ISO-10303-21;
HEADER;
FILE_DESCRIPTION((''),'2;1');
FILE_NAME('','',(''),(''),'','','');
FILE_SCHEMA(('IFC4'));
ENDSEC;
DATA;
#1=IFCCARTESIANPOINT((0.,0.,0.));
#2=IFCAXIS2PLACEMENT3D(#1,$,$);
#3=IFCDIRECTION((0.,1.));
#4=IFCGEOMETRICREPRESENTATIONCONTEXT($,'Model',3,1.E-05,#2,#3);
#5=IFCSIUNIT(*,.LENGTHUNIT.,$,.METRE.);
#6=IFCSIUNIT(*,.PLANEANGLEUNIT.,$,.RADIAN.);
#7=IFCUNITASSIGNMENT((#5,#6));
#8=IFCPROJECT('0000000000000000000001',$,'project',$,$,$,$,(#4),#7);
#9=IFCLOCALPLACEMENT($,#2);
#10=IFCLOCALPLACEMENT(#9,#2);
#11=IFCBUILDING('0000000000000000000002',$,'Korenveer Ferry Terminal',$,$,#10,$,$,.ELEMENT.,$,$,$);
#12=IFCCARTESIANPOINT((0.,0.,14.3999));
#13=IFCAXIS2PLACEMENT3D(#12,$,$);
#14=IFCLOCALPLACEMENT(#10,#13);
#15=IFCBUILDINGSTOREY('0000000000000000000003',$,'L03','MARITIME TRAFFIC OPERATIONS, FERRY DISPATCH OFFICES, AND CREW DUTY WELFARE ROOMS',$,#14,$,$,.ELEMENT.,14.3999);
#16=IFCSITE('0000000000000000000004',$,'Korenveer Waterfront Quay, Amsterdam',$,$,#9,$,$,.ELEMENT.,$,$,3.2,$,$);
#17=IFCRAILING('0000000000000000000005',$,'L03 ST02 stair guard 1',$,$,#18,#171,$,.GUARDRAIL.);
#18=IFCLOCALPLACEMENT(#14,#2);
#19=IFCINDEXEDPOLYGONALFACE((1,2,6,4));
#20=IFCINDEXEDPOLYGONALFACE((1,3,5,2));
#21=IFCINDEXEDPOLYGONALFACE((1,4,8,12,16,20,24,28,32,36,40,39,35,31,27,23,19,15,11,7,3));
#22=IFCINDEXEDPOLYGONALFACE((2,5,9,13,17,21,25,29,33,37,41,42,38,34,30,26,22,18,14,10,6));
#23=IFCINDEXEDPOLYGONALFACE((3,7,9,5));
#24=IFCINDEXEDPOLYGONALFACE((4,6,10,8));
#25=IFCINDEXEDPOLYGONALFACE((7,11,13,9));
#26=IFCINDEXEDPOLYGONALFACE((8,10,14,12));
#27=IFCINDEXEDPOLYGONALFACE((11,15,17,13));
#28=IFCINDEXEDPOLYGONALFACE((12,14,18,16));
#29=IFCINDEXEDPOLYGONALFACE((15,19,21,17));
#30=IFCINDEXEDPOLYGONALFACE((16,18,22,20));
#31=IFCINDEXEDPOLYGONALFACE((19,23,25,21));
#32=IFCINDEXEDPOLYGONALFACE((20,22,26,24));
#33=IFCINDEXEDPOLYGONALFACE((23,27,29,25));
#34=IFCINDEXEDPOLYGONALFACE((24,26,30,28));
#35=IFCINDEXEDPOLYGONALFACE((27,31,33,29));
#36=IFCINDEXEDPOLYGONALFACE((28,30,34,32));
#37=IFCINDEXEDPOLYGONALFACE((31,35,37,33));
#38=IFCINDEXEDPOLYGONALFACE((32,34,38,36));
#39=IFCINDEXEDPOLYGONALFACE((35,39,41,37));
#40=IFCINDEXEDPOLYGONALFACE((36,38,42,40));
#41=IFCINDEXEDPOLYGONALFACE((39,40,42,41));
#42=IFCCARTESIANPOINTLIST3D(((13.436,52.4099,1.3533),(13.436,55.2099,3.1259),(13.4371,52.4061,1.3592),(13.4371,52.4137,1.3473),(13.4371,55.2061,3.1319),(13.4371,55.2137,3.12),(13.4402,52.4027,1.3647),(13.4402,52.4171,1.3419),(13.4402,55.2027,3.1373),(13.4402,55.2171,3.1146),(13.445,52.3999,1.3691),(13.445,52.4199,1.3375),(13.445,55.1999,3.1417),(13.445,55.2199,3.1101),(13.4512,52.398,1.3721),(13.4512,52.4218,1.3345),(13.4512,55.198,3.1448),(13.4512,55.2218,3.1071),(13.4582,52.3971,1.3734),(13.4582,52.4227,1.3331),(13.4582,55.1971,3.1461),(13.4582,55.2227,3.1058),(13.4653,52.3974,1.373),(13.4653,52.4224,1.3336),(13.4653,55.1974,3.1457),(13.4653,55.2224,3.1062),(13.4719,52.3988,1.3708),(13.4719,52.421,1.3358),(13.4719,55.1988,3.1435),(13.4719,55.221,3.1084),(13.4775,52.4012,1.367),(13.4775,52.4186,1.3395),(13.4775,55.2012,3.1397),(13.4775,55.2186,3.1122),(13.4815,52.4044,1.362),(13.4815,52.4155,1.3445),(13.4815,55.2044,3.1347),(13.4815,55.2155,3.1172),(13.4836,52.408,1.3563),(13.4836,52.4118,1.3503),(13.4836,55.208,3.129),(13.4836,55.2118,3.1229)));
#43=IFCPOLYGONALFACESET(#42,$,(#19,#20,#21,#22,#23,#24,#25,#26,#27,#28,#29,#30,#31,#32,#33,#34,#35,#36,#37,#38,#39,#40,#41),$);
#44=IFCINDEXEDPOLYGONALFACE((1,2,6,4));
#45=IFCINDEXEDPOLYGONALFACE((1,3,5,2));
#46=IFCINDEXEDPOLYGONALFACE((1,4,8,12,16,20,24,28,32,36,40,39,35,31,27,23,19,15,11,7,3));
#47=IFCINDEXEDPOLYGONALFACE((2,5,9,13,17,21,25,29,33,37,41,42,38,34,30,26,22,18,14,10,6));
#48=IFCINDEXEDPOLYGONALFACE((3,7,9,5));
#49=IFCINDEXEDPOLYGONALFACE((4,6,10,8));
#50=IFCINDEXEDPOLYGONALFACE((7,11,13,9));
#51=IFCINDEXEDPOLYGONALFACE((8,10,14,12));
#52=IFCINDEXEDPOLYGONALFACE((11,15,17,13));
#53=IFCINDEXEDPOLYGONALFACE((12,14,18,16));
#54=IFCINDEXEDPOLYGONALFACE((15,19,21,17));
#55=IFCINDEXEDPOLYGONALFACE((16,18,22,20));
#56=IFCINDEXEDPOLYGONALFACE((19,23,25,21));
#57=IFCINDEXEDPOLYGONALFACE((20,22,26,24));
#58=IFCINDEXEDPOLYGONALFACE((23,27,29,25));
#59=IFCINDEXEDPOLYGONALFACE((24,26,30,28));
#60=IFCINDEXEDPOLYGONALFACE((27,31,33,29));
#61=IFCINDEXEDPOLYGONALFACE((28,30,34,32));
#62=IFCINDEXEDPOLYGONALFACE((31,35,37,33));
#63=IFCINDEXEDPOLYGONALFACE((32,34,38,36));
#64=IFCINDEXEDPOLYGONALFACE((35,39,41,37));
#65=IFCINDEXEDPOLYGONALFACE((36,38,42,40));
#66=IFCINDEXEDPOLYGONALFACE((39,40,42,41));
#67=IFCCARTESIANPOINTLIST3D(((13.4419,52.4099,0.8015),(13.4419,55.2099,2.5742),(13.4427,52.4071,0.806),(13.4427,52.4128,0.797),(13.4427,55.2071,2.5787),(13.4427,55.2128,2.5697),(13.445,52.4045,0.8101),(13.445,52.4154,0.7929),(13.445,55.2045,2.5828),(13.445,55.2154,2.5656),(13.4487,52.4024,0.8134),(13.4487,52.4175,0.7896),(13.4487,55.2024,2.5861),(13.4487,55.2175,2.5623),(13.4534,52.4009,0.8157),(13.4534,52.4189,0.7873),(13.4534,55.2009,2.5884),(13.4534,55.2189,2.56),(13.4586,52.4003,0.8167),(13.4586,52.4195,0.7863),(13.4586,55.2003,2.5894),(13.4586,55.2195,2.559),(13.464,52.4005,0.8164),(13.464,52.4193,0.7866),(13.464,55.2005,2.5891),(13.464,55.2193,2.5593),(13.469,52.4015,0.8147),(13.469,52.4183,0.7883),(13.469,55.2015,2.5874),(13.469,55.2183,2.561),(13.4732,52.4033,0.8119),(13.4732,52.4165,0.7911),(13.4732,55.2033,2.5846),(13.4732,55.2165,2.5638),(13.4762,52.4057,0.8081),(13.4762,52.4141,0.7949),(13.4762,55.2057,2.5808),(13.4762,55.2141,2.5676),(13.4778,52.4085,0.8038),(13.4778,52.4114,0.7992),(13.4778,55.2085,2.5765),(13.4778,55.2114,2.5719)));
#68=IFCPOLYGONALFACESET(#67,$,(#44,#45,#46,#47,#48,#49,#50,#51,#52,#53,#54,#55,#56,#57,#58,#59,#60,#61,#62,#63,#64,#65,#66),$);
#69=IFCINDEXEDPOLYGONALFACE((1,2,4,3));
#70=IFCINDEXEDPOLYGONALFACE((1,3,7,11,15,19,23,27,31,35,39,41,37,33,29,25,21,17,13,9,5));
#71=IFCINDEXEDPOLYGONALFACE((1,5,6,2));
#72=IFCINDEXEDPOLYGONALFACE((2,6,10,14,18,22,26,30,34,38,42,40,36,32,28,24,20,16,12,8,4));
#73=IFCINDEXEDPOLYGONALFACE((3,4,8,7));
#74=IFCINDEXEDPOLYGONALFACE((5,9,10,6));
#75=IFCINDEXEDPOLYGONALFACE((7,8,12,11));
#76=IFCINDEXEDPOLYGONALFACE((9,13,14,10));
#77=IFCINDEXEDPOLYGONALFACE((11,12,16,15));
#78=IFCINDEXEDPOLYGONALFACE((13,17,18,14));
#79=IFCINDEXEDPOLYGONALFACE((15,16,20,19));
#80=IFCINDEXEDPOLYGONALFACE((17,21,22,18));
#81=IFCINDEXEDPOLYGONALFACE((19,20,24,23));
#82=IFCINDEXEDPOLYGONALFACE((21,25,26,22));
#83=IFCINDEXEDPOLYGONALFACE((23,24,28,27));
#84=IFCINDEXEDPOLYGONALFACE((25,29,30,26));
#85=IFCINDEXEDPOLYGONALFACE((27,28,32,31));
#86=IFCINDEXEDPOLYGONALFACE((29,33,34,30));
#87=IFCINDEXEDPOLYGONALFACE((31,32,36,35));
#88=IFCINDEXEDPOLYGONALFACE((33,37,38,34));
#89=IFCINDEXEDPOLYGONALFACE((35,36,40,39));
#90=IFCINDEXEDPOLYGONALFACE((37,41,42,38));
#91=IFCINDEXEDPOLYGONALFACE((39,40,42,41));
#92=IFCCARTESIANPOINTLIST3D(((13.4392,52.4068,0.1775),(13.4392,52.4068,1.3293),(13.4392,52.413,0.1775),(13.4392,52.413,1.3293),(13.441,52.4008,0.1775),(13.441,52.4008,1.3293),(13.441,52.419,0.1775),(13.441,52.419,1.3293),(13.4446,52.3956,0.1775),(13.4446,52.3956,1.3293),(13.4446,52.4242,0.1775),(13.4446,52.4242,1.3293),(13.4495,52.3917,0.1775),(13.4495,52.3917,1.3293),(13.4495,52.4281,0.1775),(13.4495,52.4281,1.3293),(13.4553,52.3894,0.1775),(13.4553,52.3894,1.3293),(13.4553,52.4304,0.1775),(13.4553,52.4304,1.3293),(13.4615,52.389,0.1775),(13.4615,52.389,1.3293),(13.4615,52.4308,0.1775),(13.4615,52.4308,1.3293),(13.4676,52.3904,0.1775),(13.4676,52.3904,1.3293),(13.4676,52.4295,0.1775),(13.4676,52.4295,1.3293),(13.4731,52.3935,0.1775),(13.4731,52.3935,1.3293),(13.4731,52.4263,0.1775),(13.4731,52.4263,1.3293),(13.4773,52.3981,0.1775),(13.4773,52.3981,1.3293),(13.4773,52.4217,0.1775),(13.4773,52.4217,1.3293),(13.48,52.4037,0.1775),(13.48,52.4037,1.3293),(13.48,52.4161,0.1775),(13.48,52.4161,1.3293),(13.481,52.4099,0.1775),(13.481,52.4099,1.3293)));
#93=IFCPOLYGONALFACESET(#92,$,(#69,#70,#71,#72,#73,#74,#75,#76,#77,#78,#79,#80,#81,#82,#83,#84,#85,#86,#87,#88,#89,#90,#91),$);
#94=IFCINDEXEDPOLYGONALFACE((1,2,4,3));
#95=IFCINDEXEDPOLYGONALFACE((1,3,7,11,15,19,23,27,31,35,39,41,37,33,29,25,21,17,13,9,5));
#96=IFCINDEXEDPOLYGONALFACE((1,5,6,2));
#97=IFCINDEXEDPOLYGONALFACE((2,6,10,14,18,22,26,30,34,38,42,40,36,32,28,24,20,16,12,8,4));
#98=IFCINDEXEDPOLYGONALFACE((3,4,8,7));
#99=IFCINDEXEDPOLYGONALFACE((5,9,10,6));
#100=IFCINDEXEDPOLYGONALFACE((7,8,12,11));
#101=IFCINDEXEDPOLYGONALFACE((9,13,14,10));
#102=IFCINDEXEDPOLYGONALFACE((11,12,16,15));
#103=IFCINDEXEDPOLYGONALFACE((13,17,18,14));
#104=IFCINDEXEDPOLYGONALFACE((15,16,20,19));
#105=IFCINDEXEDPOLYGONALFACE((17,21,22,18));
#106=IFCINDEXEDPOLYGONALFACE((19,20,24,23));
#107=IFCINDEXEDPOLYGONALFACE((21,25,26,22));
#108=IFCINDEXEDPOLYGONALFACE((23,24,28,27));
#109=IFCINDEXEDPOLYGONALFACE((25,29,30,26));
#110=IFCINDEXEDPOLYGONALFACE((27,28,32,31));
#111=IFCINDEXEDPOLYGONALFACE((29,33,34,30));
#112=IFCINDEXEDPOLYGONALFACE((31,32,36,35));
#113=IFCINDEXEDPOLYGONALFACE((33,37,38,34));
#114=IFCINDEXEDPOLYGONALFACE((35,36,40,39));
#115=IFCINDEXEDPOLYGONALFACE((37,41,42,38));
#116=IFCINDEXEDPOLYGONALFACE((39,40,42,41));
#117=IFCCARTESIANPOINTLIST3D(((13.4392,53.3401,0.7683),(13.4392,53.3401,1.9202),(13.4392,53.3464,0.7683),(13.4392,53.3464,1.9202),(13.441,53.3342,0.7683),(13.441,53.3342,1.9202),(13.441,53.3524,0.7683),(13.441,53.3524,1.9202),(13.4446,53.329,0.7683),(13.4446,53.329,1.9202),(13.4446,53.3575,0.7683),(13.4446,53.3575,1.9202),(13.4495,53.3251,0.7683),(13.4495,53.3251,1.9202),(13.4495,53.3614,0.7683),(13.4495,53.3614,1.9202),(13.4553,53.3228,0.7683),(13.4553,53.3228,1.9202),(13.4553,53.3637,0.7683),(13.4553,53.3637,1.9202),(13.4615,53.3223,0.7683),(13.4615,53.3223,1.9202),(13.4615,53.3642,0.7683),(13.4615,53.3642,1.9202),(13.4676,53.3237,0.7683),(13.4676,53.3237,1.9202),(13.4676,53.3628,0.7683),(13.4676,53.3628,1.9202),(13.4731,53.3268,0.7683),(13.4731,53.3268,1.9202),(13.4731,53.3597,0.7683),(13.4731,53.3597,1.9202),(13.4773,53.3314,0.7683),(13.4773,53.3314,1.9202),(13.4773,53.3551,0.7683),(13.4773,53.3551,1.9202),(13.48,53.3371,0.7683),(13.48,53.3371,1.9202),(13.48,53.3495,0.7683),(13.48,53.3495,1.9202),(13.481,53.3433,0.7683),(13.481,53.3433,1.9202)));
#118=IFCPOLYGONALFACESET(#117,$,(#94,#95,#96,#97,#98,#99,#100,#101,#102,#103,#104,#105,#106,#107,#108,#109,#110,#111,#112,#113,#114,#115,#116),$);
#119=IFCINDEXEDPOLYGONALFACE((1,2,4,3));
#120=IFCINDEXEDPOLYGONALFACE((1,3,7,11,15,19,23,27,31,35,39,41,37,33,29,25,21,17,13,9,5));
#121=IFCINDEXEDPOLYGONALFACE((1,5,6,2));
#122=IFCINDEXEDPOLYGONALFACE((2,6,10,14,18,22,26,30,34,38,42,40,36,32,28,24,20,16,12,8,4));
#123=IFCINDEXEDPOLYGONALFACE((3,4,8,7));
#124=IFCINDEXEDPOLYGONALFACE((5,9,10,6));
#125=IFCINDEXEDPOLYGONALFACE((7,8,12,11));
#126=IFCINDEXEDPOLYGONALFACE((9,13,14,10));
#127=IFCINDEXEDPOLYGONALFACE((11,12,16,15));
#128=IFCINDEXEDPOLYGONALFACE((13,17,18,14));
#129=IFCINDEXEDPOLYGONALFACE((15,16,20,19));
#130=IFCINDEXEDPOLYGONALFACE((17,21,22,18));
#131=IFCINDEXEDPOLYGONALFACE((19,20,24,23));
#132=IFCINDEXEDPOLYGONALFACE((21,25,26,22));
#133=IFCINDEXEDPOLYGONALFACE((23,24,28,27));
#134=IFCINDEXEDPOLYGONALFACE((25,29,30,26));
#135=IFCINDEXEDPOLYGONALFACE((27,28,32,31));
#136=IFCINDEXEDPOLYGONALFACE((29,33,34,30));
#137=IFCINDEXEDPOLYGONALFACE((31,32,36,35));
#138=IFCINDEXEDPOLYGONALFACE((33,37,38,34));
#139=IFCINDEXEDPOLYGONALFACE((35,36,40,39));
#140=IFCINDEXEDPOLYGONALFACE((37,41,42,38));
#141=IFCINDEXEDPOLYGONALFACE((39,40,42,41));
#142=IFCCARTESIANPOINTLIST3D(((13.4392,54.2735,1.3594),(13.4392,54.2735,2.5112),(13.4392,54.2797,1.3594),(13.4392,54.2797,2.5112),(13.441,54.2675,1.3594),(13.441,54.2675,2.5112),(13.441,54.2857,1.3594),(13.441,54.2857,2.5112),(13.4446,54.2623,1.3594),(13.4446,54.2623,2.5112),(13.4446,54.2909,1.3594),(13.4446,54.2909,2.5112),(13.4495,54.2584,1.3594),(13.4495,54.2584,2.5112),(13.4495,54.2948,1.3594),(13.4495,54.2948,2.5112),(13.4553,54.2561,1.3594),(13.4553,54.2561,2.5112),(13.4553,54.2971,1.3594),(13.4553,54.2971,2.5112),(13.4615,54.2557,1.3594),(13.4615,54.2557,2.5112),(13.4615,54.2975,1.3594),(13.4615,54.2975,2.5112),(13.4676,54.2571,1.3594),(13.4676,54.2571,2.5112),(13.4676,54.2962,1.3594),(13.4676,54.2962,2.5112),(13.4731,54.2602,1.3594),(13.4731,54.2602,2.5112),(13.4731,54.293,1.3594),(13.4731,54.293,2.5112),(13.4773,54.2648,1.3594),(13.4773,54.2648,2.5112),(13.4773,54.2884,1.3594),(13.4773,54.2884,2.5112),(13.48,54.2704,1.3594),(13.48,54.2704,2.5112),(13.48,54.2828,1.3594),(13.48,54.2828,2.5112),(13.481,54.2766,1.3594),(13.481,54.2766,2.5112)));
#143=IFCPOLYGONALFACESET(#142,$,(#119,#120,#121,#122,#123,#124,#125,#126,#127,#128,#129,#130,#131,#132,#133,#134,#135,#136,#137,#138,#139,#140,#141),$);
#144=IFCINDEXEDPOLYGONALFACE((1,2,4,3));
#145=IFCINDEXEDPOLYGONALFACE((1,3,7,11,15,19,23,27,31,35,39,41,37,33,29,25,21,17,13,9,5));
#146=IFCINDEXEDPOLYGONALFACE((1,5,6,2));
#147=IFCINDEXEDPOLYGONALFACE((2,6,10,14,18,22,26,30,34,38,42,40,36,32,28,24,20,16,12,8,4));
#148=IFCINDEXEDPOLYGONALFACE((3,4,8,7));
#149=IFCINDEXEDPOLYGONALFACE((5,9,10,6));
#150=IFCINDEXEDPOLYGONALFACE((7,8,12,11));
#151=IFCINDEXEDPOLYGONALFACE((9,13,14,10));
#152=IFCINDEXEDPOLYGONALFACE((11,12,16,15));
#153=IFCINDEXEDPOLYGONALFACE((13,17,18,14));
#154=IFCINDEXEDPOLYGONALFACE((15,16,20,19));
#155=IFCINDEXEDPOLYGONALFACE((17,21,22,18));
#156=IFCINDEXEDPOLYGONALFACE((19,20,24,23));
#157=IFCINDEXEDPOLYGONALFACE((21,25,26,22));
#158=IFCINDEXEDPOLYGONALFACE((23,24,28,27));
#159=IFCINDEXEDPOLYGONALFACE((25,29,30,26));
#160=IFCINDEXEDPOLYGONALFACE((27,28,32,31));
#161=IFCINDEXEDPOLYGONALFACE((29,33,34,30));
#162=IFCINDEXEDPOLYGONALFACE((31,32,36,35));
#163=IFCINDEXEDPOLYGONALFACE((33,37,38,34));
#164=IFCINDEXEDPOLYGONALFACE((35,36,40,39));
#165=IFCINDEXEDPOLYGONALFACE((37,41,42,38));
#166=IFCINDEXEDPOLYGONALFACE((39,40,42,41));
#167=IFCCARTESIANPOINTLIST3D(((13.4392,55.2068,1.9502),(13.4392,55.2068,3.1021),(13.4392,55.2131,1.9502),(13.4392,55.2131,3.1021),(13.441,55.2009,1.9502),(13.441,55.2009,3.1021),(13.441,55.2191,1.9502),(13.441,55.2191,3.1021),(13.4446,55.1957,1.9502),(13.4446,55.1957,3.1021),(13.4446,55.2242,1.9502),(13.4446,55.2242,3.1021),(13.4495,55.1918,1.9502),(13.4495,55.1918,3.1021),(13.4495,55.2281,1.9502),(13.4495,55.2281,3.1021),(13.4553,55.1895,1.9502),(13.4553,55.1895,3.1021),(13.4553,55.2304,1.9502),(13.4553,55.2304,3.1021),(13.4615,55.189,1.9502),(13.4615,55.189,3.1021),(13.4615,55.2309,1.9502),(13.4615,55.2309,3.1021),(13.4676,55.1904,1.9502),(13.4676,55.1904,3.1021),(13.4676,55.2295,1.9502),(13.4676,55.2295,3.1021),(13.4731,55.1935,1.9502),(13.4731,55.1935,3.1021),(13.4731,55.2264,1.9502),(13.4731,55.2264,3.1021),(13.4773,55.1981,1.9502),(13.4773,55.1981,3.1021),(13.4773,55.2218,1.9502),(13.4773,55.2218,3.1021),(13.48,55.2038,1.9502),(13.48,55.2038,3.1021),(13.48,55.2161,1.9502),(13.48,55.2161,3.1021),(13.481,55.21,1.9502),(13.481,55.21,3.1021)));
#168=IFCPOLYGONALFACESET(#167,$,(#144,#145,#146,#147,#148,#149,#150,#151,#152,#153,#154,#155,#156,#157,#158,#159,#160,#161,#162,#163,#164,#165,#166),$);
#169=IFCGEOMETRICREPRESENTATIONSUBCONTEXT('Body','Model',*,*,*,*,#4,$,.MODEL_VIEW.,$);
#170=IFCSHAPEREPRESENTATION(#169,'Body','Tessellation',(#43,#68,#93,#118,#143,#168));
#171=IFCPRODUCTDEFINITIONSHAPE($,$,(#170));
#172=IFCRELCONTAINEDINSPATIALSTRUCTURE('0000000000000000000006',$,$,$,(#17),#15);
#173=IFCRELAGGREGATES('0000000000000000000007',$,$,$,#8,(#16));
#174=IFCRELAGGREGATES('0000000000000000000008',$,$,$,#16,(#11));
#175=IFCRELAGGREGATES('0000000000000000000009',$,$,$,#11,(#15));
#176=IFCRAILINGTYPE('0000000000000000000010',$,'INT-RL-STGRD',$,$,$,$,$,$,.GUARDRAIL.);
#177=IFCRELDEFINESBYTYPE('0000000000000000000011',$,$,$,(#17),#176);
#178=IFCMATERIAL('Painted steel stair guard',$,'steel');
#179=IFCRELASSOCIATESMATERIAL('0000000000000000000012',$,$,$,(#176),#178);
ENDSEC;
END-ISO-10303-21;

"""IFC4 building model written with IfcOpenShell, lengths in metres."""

from ifc_helpers import new_model, si_unit, direction, frame, origin, origin_2d, place, context, subcontext, project, spatial, circle, extrude, material, type_object, element, save


model = new_model("IFC4")

# Units and contexts
model_context = context("Model", 3, precision=1e-05, world=origin(), true_north=direction((0.0, 1.0)))
body_context = subcontext(model_context, "Body", "Model", "MODEL_VIEW")
ifc_project = project(units=[si_unit("LENGTHUNIT", "METRE"), si_unit("PLANEANGLEUNIT", "RADIAN")], contexts=[model_context])

# Site, building, storey
site_placement = place(None, origin())
site = spatial("IfcSite", under=ifc_project, at=site_placement, Name="Korenveer Waterfront Quay, Amsterdam", CompositionType="ELEMENT", RefElevation=3.2)
building_placement = place(site_placement, origin())
building = spatial("IfcBuilding", under=site, at=building_placement, Name="Korenveer Ferry Terminal", CompositionType="ELEMENT")
storey_placement = place(building_placement, frame((0.0, 0.0, 14.3999)))
storey = spatial("IfcBuildingStorey", under=building, at=storey_placement, Name="L03", Description="MARITIME TRAFFIC OPERATIONS, FERRY DISPATCH OFFICES, AND CREW DUTY WELFARE ROOMS", CompositionType="ELEMENT", Elevation=14.3999)

# Railing
ifc_material_1 = material(Name="Painted steel stair guard", Category="steel")
railing_type_1 = type_object("IfcRailingType", Name="INT-RL-STGRD", PredefinedType="GUARDRAIL", material=ifc_material_1)
railing_1_placement = place(storey_placement, frame((13.46, 52.4099, 0.1775)))
element("IfcRailing", 1, at=railing_1_placement, inside=storey, type_object=railing_type_1, Name="L03 ST02 stair guard 1", PredefinedType="GUARDRAIL", context=body_context, shape_type="SweptSolid", body=[
    extrude(circle(Radius=0.0239, at=origin_2d()), frame((0.0, 0.0, 1.1758), z_axis=(0.0, 0.844909, 0.53491), x_axis=(-1.0, 0.0, 0.0)), (0.0, 0.0, 1.0), 3.314),
    extrude(circle(Radius=0.0181, at=origin_2d()), frame((0.0, 0.0, 0.624), z_axis=(0.0, 0.844909, 0.53491), x_axis=(-1.0, 0.0, 0.0)), (0.0, 0.0, 1.0), 3.314),
    extrude(circle(Radius=0.021, at=origin_2d()), origin(), (0.0, 0.0, 1.0), 1.1519),
    extrude(circle(Radius=0.021, at=origin_2d()), frame((0.0, 0.9333, 0.5908)), (0.0, 0.0, 1.0), 1.1519),
    extrude(circle(Radius=0.021, at=origin_2d()), frame((0.0, 1.8667, 1.1819)), (0.0, 0.0, 1.0), 1.1519),
    extrude(circle(Radius=0.021, at=origin_2d()), frame((0.0, 2.8, 1.7727)), (0.0, 0.0, 1.0), 1.1519),
])

save(model, "model.ifc")
